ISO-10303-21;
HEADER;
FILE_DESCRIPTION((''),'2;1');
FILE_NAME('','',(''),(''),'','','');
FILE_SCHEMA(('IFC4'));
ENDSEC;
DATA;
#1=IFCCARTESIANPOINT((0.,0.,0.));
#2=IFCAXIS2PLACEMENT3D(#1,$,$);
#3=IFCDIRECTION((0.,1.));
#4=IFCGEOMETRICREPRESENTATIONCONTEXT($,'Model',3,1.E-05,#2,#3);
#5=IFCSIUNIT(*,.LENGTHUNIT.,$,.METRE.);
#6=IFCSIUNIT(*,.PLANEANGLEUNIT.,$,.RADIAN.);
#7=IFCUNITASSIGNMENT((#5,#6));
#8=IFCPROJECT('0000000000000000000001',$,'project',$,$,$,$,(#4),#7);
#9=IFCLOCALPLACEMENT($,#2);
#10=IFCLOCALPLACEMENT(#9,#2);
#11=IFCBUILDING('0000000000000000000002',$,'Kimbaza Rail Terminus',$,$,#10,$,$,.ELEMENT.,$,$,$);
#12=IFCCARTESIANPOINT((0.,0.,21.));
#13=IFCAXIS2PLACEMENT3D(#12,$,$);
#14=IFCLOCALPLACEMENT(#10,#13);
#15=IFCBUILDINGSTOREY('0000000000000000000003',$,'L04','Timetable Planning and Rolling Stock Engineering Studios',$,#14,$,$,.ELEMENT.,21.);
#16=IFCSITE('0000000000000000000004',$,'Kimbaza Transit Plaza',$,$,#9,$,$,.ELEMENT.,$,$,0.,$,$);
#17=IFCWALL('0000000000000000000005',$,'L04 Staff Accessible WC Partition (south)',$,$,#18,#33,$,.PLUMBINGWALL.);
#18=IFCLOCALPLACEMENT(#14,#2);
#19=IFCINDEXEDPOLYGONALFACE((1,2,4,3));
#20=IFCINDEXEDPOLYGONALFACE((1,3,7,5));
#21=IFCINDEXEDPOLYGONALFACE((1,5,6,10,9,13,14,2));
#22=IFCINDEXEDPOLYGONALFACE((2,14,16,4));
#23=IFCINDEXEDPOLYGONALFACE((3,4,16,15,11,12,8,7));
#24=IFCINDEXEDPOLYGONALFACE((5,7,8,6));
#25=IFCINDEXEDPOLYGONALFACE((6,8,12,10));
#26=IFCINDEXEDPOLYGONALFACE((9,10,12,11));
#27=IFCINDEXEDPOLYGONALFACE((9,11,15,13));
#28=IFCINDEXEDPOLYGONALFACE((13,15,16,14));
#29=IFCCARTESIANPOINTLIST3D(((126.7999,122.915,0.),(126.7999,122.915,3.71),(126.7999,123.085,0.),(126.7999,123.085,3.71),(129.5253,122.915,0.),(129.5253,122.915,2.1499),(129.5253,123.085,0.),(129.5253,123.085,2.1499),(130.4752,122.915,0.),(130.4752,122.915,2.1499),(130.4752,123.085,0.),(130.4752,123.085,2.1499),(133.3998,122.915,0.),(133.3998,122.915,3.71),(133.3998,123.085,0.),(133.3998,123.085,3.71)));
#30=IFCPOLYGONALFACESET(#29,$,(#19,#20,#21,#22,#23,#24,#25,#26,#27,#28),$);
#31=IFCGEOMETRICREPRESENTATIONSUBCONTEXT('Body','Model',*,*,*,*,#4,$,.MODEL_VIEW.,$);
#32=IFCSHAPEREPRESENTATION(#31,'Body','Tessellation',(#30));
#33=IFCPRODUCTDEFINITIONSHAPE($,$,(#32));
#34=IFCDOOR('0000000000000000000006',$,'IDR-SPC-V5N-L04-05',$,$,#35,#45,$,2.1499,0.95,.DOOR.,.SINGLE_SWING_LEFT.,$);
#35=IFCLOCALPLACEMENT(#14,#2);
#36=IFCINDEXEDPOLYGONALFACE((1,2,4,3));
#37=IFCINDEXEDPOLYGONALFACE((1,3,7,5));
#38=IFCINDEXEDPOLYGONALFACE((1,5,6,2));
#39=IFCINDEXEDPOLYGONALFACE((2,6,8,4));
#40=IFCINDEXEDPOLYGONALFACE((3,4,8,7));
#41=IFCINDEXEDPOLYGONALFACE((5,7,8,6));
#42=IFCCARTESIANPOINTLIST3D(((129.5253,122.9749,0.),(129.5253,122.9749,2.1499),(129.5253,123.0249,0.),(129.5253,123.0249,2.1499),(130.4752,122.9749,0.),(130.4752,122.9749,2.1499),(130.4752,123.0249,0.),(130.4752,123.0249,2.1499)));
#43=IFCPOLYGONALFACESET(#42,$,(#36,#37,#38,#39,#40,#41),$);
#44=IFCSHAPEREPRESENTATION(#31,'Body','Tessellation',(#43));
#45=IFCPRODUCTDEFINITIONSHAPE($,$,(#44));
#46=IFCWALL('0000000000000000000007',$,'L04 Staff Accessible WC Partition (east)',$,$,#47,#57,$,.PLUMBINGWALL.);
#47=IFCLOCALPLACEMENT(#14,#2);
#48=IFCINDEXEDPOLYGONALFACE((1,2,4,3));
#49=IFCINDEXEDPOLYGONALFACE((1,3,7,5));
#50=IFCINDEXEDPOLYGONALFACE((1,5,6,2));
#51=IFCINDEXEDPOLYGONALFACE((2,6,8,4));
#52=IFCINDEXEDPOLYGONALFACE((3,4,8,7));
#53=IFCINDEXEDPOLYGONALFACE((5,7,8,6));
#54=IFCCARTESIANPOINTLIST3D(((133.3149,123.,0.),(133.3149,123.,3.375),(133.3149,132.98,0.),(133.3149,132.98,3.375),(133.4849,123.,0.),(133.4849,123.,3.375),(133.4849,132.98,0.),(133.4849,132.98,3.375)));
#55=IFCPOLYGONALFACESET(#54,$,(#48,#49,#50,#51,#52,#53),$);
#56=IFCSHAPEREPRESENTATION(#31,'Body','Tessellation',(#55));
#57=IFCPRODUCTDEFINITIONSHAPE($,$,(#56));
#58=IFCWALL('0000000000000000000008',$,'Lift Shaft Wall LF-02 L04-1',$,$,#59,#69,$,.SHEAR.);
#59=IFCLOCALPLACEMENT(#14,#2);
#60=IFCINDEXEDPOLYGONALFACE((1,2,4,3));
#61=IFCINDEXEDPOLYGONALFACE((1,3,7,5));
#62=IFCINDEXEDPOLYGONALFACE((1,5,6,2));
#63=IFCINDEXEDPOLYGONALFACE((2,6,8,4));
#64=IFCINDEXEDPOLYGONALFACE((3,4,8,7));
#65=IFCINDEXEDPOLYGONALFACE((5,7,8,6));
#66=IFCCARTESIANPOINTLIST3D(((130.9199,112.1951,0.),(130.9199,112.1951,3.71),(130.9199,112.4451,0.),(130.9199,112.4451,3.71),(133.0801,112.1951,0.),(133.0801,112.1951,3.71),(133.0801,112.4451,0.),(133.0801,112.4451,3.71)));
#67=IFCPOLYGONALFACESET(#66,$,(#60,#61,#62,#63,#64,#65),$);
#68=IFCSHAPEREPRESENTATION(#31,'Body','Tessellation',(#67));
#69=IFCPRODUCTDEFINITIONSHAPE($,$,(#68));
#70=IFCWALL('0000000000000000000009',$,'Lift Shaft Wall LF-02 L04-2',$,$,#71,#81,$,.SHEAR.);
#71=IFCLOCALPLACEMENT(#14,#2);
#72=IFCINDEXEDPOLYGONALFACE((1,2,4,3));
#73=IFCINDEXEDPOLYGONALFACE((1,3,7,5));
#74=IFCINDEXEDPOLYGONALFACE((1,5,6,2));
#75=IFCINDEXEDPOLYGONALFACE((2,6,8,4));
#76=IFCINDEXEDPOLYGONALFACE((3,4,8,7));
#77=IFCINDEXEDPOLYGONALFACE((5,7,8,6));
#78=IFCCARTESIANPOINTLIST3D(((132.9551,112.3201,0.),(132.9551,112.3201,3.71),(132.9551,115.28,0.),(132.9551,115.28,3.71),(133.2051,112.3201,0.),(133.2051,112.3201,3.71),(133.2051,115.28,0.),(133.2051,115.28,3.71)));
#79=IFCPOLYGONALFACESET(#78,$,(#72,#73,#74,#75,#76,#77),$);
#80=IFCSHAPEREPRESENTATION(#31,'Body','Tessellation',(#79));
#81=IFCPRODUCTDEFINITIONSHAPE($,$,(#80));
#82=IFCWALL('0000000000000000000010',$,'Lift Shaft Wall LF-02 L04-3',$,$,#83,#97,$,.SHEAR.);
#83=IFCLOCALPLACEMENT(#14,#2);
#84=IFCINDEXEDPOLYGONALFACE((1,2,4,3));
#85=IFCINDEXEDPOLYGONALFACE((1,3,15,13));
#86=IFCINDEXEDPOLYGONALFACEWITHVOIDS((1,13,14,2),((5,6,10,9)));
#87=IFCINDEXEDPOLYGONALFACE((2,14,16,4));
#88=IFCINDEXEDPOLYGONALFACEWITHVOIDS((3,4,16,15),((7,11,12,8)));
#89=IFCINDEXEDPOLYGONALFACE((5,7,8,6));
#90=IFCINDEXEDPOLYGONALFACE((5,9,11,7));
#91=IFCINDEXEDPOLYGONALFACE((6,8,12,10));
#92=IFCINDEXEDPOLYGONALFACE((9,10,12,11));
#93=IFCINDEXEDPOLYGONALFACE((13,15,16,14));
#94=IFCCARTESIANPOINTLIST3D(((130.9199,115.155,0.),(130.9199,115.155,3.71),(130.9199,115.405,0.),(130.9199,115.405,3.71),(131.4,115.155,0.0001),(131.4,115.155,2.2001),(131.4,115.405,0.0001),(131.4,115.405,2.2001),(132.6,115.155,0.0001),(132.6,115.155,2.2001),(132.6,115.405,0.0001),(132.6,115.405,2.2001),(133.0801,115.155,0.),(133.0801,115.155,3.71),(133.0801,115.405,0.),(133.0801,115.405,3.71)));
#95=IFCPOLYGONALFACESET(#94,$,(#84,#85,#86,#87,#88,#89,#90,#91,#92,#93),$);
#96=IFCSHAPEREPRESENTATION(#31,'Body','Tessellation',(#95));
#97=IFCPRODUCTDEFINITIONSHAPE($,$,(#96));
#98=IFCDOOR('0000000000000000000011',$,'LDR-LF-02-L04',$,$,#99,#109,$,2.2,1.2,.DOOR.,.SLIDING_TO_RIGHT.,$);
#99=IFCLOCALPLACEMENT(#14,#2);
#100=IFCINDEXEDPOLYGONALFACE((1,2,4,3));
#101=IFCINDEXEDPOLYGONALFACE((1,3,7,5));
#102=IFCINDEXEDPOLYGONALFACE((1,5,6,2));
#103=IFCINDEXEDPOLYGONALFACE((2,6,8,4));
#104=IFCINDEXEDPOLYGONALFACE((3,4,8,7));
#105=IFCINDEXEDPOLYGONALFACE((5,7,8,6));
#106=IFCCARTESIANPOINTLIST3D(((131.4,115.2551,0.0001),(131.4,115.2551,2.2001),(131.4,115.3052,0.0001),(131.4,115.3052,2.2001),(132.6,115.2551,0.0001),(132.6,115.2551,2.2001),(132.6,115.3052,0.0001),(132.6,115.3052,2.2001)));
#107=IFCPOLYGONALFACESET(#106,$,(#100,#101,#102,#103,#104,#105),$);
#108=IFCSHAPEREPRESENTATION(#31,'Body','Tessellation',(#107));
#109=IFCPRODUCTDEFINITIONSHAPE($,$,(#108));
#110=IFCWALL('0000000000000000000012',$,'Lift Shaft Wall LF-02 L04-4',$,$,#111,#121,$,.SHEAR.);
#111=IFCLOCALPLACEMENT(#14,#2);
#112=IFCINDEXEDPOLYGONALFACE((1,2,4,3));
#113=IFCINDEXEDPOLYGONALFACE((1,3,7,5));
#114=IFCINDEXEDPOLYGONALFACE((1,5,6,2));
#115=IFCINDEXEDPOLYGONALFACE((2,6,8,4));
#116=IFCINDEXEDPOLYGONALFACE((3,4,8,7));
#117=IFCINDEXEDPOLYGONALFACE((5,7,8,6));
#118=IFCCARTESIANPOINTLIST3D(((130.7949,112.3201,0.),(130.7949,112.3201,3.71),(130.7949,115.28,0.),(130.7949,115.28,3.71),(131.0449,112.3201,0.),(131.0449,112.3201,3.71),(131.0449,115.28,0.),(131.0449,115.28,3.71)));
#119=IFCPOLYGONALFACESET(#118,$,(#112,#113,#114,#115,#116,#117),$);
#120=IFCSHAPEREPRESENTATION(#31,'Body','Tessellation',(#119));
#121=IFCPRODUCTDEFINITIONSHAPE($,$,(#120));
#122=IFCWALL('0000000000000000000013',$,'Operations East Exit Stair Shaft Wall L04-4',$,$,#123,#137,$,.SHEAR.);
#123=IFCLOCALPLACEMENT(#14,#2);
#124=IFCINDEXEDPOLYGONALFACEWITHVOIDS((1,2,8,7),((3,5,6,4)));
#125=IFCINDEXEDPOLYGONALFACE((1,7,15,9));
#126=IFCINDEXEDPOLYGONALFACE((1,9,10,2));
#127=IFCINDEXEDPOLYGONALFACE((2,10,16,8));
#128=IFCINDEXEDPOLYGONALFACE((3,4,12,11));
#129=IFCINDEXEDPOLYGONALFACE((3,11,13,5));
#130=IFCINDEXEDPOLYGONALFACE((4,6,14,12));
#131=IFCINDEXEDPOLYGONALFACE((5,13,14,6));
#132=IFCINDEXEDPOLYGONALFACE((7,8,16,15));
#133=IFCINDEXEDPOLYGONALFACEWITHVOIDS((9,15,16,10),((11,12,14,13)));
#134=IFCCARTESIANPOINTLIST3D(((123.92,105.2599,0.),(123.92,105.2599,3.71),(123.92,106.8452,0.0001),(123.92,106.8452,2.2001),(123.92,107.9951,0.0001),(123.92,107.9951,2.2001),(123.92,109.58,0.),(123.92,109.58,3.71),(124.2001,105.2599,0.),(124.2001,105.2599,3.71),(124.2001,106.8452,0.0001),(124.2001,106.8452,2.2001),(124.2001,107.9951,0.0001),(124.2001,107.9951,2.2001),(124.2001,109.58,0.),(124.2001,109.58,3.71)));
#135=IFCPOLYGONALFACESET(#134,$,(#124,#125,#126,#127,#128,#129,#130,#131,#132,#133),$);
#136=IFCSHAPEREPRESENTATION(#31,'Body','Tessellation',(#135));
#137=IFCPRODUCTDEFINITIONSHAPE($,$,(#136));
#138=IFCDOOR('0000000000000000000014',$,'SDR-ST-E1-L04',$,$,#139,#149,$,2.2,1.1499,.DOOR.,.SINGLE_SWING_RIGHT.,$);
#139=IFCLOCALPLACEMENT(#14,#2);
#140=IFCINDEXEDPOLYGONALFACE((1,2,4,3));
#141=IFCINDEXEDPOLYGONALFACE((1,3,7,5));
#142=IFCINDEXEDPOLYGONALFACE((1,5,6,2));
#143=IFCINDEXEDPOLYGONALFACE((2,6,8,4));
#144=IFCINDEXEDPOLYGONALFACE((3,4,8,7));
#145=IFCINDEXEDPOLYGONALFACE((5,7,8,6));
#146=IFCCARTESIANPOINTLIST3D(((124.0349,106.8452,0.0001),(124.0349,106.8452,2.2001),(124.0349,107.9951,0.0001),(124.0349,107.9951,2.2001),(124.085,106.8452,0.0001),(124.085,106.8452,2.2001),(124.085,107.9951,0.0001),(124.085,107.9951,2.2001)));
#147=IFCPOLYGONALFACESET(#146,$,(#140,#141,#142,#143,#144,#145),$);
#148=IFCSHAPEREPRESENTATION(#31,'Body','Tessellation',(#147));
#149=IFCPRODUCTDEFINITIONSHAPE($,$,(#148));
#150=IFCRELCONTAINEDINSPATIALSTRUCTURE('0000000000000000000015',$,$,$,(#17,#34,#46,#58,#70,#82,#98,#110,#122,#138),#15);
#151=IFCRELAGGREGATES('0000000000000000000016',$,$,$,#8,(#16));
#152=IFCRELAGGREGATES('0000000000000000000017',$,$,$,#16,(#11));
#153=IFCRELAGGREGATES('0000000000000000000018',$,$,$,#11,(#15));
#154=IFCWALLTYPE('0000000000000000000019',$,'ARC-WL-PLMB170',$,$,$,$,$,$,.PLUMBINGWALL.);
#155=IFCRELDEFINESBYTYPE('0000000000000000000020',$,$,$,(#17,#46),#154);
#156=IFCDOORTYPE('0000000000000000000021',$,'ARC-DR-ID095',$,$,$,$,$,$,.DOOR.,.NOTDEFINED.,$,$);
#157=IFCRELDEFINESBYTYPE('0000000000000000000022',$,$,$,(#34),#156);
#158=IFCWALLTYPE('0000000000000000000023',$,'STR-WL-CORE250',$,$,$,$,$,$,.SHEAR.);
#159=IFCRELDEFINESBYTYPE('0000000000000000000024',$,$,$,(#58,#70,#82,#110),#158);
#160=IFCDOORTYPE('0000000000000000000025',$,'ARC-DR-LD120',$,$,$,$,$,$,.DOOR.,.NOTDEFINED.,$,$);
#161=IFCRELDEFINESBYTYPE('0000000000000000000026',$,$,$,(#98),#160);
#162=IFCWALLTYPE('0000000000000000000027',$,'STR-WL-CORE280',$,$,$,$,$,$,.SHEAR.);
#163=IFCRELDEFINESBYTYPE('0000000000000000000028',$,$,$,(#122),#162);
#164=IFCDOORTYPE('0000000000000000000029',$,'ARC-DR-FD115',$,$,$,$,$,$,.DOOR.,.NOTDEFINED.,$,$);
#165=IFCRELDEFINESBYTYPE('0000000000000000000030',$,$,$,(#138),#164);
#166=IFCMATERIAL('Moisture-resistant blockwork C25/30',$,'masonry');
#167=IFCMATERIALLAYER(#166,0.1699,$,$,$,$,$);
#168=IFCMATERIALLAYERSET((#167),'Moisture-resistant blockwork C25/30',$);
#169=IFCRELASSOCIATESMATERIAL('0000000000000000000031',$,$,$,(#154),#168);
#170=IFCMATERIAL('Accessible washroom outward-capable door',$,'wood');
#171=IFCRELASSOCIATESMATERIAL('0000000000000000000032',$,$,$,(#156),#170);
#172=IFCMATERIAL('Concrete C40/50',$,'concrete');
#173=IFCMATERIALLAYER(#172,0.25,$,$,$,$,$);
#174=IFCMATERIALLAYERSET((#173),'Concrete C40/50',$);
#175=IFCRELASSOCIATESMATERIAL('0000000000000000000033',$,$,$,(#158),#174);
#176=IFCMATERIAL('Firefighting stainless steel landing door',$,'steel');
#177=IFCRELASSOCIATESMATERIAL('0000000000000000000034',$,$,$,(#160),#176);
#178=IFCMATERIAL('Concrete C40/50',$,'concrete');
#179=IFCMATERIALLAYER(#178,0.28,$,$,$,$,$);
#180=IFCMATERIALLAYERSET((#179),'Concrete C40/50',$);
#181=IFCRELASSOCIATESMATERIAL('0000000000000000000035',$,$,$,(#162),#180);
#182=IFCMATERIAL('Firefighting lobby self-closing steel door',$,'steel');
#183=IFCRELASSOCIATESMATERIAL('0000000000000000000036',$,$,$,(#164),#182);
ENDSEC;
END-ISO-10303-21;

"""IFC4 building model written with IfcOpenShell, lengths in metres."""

from ifc_helpers import new_model, si_unit, direction, frame, frame_2d, origin, place, context, subcontext, project, spatial, rectangle, extrude, material, layer, layer_set, type_object, element, fill, save


model = new_model("IFC4")

# Units and contexts
model_context = context("Model", 3, precision=1e-05, world=origin(), true_north=direction((0.0, 1.0)))
body_context = subcontext(model_context, "Body", "Model", "MODEL_VIEW")
ifc_project = project(units=[si_unit("LENGTHUNIT", "METRE"), si_unit("PLANEANGLEUNIT", "RADIAN")], contexts=[model_context])

# Site, building, storey
site_placement = place(None, origin())
site = spatial("IfcSite", under=ifc_project, at=site_placement, Name="Kimbaza Transit Plaza", CompositionType="ELEMENT", RefElevation=0.0)
building_placement = place(site_placement, origin())
building = spatial("IfcBuilding", under=site, at=building_placement, Name="Kimbaza Rail Terminus", CompositionType="ELEMENT")
storey_placement = place(building_placement, frame((0.0, 0.0, 21.0)))
storey = spatial("IfcBuildingStorey", under=building, at=storey_placement, Name="L04", Description="Timetable Planning and Rolling Stock Engineering Studios", CompositionType="ELEMENT", Elevation=21.0)

# Wall, opening, door
ifc_material_1 = material(Name="Moisture-resistant blockwork C25/30", Category="masonry")
ifc_layer_1 = layer(ifc_material_1, 0.1699)
ifc_layer_set_1 = layer_set([ifc_layer_1], Name="Moisture-resistant blockwork C25/30")
wall_type_1 = type_object("IfcWallType", Name="ARC-WL-PLMB170", PredefinedType="PLUMBINGWALL", material=ifc_layer_set_1)
wall_1_placement = place(storey_placement, frame((126.8, 123.0, 0.0), z_axis=(0.0, 0.0, 1.0), x_axis=(1.0, 0.0, 0.0)))
wall_1 = element("IfcWall", 1, at=wall_1_placement, inside=storey, type_object=wall_type_1, Name="L04 Staff Accessible WC Partition (south)", PredefinedType="PLUMBINGWALL", context=body_context, shape_type="SweptSolid", body=[
    extrude(rectangle(XDim=6.5999, YDim=0.1699, at=frame_2d((3.2998, 0.0))), origin(), (0.0, 0.0, 1.0), 3.71),
])
opening_1_placement = place(wall_1_placement, frame((2.7251, 0.0, 0.0)))
opening_1 = element("IfcOpeningElement", 2, at=opening_1_placement, cuts=wall_1, PredefinedType="OPENING", context=body_context, shape_type="SweptSolid", body=[
    extrude(rectangle(XDim=0.95, YDim=2.1499, at=frame_2d((0.4751, 1.075))), frame((0.0, 0.095, 0.0), z_axis=(0.0, -1.0, 0.0), x_axis=(1.0, 0.0, 0.0)), (0.0, 0.0, 1.0), 0.1899),
])
ifc_material_2 = material(Name="Accessible washroom outward-capable door", Category="wood")
door_type_1 = type_object("IfcDoorType", Name="ARC-DR-ID095", OperationType="NOTDEFINED", PredefinedType="DOOR", material=ifc_material_2)
door_1_placement = place(opening_1_placement, origin())
door_1 = element("IfcDoor", 3, at=door_1_placement, inside=storey, type_object=door_type_1, Name="IDR-SPC-V5N-L04-05", OperationType="SINGLE_SWING_LEFT", OverallHeight=2.1499, OverallWidth=0.95, PredefinedType="DOOR", context=body_context, shape_type="SweptSolid", body=[
    extrude(rectangle(XDim=0.95, YDim=2.1499, at=frame_2d((0.4751, 1.075))), frame((0.0, 0.0249, 0.0), z_axis=(0.0, -1.0, 0.0), x_axis=(1.0, 0.0, 0.0)), (0.0, 0.0, 1.0), 0.05),
])
fill(opening_1, door_1)

# Walls
wall_2_placement = place(storey_placement, frame((133.3999, 123.0, 0.0), z_axis=(0.0, 0.0, 1.0), x_axis=(0.0, 1.0, 0.0)))
element("IfcWall", 4, at=wall_2_placement, inside=storey, type_object=wall_type_1, Name="L04 Staff Accessible WC Partition (east)", PredefinedType="PLUMBINGWALL", context=body_context, shape_type="SweptSolid", body=[
    extrude(rectangle(XDim=9.98, YDim=0.1699, at=frame_2d((4.99, 0.0))), origin(), (0.0, 0.0, 1.0), 3.375),
])
ifc_material_3 = material(Name="Concrete C40/50", Category="concrete")
ifc_layer_2 = layer(ifc_material_3, 0.25)
ifc_layer_set_2 = layer_set([ifc_layer_2], Name="Concrete C40/50")
wall_type_2 = type_object("IfcWallType", Name="STR-WL-CORE250", PredefinedType="SHEAR", material=ifc_layer_set_2)
wall_3_placement = place(storey_placement, frame((130.9199, 112.3201, 0.0), z_axis=(0.0, 0.0, 1.0), x_axis=(1.0, 0.0, 0.0)))
element("IfcWall", 5, at=wall_3_placement, inside=storey, type_object=wall_type_2, Name="Lift Shaft Wall LF-02 L04-1", PredefinedType="SHEAR", context=body_context, shape_type="SweptSolid", body=[
    extrude(rectangle(XDim=2.1602, YDim=0.25, at=frame_2d((1.0801, 0.0))), origin(), (0.0, 0.0, 1.0), 3.71),
])
wall_4_placement = place(storey_placement, frame((133.0801, 112.3201, 0.0), z_axis=(0.0, 0.0, 1.0), x_axis=(0.0, 1.0, 0.0)))
element("IfcWall", 6, at=wall_4_placement, inside=storey, type_object=wall_type_2, Name="Lift Shaft Wall LF-02 L04-2", PredefinedType="SHEAR", context=body_context, shape_type="SweptSolid", body=[
    extrude(rectangle(XDim=2.96, YDim=0.25, at=frame_2d((1.48, 0.0))), origin(), (0.0, 0.0, 1.0), 3.71),
])

# Wall, opening, door
wall_5_placement = place(storey_placement, frame((133.0801, 115.28, 0.0), z_axis=(0.0, 0.0, 1.0), x_axis=(-1.0, 0.0, 0.0)))
wall_5 = element("IfcWall", 7, at=wall_5_placement, inside=storey, type_object=wall_type_2, Name="Lift Shaft Wall LF-02 L04-3", PredefinedType="SHEAR", context=body_context, shape_type="SweptSolid", body=[
    extrude(rectangle(XDim=2.1602, YDim=0.25, at=frame_2d((1.0801, 0.0))), origin(), (0.0, 0.0, 1.0), 3.71),
])
opening_2_placement = place(wall_5_placement, frame((0.48, 0.0, 0.0)))
opening_2 = element("IfcOpeningElement", 8, at=opening_2_placement, cuts=wall_5, PredefinedType="OPENING", context=body_context, shape_type="SweptSolid", body=[
    extrude(rectangle(XDim=1.2, YDim=2.2, at=frame_2d((0.6001, 1.1001))), frame((0.0, 0.135, 0.0), z_axis=(0.0, -1.0, 0.0), x_axis=(1.0, 0.0, 0.0)), (0.0, 0.0, 1.0), 0.27),
])
ifc_material_4 = material(Name="Firefighting stainless steel landing door", Category="steel")
door_type_2 = type_object("IfcDoorType", Name="ARC-DR-LD120", OperationType="NOTDEFINED", PredefinedType="DOOR", material=ifc_material_4)
door_2_placement = place(opening_2_placement, origin())
door_2 = element("IfcDoor", 9, at=door_2_placement, inside=storey, type_object=door_type_2, Name="LDR-LF-02-L04", OperationType="SLIDING_TO_RIGHT", OverallHeight=2.2, OverallWidth=1.2, PredefinedType="DOOR", context=body_context, shape_type="SweptSolid", body=[
    extrude(rectangle(XDim=1.2, YDim=2.2, at=frame_2d((0.6001, 1.1001))), frame((0.0, 0.0249, 0.0), z_axis=(0.0, -1.0, 0.0), x_axis=(1.0, 0.0, 0.0)), (0.0, 0.0, 1.0), 0.05),
])
fill(opening_2, door_2)

# Wall
wall_6_placement = place(storey_placement, frame((130.9199, 115.28, 0.0), z_axis=(0.0, 0.0, 1.0), x_axis=(0.0, -1.0, 0.0)))
element("IfcWall", 10, at=wall_6_placement, inside=storey, type_object=wall_type_2, Name="Lift Shaft Wall LF-02 L04-4", PredefinedType="SHEAR", context=body_context, shape_type="SweptSolid", body=[
    extrude(rectangle(XDim=2.96, YDim=0.25, at=frame_2d((1.48, 0.0))), origin(), (0.0, 0.0, 1.0), 3.71),
])

# Wall, opening, door
ifc_material_5 = material(Name="Concrete C40/50", Category="concrete")
ifc_layer_3 = layer(ifc_material_5, 0.28)
ifc_layer_set_3 = layer_set([ifc_layer_3], Name="Concrete C40/50")
wall_type_3 = type_object("IfcWallType", Name="STR-WL-CORE280", PredefinedType="SHEAR", material=ifc_layer_set_3)
wall_7_placement = place(storey_placement, frame((124.0601, 109.5801, 0.0), z_axis=(0.0, 0.0, 1.0), x_axis=(0.0, -1.0, 0.0)))
wall_7 = element("IfcWall", 11, at=wall_7_placement, inside=storey, type_object=wall_type_3, Name="Operations East Exit Stair Shaft Wall L04-4", PredefinedType="SHEAR", context=body_context, shape_type="SweptSolid", body=[
    extrude(rectangle(XDim=4.3201, YDim=0.28, at=frame_2d((2.1602, 0.0))), origin(), (0.0, 0.0, 1.0), 3.71),
])
opening_3_placement = place(wall_7_placement, frame((1.585, 0.0, 0.0)))
opening_3 = element("IfcOpeningElement", 12, at=opening_3_placement, cuts=wall_7, PredefinedType="OPENING", context=body_context, shape_type="SweptSolid", body=[
    extrude(rectangle(XDim=1.1499, YDim=2.2, at=frame_2d((0.575, 1.1001))), frame((0.0, 0.1499, 0.0), z_axis=(0.0, -1.0, 0.0), x_axis=(1.0, 0.0, 0.0)), (0.0, 0.0, 1.0), 0.3),
])
ifc_material_6 = material(Name="Firefighting lobby self-closing steel door", Category="steel")
door_type_3 = type_object("IfcDoorType", Name="ARC-DR-FD115", OperationType="NOTDEFINED", PredefinedType="DOOR", material=ifc_material_6)
door_3_placement = place(opening_3_placement, origin())
door_3 = element("IfcDoor", 13, at=door_3_placement, inside=storey, type_object=door_type_3, Name="SDR-ST-E1-L04", OperationType="SINGLE_SWING_RIGHT", OverallHeight=2.2, OverallWidth=1.1499, PredefinedType="DOOR", context=body_context, shape_type="SweptSolid", body=[
    extrude(rectangle(XDim=1.1499, YDim=2.2, at=frame_2d((0.575, 1.1001))), frame((0.0, 0.0249, 0.0), z_axis=(0.0, -1.0, 0.0), x_axis=(1.0, 0.0, 0.0)), (0.0, 0.0, 1.0), 0.05),
])
fill(opening_3, door_3)

save(model, "model.ifc")
